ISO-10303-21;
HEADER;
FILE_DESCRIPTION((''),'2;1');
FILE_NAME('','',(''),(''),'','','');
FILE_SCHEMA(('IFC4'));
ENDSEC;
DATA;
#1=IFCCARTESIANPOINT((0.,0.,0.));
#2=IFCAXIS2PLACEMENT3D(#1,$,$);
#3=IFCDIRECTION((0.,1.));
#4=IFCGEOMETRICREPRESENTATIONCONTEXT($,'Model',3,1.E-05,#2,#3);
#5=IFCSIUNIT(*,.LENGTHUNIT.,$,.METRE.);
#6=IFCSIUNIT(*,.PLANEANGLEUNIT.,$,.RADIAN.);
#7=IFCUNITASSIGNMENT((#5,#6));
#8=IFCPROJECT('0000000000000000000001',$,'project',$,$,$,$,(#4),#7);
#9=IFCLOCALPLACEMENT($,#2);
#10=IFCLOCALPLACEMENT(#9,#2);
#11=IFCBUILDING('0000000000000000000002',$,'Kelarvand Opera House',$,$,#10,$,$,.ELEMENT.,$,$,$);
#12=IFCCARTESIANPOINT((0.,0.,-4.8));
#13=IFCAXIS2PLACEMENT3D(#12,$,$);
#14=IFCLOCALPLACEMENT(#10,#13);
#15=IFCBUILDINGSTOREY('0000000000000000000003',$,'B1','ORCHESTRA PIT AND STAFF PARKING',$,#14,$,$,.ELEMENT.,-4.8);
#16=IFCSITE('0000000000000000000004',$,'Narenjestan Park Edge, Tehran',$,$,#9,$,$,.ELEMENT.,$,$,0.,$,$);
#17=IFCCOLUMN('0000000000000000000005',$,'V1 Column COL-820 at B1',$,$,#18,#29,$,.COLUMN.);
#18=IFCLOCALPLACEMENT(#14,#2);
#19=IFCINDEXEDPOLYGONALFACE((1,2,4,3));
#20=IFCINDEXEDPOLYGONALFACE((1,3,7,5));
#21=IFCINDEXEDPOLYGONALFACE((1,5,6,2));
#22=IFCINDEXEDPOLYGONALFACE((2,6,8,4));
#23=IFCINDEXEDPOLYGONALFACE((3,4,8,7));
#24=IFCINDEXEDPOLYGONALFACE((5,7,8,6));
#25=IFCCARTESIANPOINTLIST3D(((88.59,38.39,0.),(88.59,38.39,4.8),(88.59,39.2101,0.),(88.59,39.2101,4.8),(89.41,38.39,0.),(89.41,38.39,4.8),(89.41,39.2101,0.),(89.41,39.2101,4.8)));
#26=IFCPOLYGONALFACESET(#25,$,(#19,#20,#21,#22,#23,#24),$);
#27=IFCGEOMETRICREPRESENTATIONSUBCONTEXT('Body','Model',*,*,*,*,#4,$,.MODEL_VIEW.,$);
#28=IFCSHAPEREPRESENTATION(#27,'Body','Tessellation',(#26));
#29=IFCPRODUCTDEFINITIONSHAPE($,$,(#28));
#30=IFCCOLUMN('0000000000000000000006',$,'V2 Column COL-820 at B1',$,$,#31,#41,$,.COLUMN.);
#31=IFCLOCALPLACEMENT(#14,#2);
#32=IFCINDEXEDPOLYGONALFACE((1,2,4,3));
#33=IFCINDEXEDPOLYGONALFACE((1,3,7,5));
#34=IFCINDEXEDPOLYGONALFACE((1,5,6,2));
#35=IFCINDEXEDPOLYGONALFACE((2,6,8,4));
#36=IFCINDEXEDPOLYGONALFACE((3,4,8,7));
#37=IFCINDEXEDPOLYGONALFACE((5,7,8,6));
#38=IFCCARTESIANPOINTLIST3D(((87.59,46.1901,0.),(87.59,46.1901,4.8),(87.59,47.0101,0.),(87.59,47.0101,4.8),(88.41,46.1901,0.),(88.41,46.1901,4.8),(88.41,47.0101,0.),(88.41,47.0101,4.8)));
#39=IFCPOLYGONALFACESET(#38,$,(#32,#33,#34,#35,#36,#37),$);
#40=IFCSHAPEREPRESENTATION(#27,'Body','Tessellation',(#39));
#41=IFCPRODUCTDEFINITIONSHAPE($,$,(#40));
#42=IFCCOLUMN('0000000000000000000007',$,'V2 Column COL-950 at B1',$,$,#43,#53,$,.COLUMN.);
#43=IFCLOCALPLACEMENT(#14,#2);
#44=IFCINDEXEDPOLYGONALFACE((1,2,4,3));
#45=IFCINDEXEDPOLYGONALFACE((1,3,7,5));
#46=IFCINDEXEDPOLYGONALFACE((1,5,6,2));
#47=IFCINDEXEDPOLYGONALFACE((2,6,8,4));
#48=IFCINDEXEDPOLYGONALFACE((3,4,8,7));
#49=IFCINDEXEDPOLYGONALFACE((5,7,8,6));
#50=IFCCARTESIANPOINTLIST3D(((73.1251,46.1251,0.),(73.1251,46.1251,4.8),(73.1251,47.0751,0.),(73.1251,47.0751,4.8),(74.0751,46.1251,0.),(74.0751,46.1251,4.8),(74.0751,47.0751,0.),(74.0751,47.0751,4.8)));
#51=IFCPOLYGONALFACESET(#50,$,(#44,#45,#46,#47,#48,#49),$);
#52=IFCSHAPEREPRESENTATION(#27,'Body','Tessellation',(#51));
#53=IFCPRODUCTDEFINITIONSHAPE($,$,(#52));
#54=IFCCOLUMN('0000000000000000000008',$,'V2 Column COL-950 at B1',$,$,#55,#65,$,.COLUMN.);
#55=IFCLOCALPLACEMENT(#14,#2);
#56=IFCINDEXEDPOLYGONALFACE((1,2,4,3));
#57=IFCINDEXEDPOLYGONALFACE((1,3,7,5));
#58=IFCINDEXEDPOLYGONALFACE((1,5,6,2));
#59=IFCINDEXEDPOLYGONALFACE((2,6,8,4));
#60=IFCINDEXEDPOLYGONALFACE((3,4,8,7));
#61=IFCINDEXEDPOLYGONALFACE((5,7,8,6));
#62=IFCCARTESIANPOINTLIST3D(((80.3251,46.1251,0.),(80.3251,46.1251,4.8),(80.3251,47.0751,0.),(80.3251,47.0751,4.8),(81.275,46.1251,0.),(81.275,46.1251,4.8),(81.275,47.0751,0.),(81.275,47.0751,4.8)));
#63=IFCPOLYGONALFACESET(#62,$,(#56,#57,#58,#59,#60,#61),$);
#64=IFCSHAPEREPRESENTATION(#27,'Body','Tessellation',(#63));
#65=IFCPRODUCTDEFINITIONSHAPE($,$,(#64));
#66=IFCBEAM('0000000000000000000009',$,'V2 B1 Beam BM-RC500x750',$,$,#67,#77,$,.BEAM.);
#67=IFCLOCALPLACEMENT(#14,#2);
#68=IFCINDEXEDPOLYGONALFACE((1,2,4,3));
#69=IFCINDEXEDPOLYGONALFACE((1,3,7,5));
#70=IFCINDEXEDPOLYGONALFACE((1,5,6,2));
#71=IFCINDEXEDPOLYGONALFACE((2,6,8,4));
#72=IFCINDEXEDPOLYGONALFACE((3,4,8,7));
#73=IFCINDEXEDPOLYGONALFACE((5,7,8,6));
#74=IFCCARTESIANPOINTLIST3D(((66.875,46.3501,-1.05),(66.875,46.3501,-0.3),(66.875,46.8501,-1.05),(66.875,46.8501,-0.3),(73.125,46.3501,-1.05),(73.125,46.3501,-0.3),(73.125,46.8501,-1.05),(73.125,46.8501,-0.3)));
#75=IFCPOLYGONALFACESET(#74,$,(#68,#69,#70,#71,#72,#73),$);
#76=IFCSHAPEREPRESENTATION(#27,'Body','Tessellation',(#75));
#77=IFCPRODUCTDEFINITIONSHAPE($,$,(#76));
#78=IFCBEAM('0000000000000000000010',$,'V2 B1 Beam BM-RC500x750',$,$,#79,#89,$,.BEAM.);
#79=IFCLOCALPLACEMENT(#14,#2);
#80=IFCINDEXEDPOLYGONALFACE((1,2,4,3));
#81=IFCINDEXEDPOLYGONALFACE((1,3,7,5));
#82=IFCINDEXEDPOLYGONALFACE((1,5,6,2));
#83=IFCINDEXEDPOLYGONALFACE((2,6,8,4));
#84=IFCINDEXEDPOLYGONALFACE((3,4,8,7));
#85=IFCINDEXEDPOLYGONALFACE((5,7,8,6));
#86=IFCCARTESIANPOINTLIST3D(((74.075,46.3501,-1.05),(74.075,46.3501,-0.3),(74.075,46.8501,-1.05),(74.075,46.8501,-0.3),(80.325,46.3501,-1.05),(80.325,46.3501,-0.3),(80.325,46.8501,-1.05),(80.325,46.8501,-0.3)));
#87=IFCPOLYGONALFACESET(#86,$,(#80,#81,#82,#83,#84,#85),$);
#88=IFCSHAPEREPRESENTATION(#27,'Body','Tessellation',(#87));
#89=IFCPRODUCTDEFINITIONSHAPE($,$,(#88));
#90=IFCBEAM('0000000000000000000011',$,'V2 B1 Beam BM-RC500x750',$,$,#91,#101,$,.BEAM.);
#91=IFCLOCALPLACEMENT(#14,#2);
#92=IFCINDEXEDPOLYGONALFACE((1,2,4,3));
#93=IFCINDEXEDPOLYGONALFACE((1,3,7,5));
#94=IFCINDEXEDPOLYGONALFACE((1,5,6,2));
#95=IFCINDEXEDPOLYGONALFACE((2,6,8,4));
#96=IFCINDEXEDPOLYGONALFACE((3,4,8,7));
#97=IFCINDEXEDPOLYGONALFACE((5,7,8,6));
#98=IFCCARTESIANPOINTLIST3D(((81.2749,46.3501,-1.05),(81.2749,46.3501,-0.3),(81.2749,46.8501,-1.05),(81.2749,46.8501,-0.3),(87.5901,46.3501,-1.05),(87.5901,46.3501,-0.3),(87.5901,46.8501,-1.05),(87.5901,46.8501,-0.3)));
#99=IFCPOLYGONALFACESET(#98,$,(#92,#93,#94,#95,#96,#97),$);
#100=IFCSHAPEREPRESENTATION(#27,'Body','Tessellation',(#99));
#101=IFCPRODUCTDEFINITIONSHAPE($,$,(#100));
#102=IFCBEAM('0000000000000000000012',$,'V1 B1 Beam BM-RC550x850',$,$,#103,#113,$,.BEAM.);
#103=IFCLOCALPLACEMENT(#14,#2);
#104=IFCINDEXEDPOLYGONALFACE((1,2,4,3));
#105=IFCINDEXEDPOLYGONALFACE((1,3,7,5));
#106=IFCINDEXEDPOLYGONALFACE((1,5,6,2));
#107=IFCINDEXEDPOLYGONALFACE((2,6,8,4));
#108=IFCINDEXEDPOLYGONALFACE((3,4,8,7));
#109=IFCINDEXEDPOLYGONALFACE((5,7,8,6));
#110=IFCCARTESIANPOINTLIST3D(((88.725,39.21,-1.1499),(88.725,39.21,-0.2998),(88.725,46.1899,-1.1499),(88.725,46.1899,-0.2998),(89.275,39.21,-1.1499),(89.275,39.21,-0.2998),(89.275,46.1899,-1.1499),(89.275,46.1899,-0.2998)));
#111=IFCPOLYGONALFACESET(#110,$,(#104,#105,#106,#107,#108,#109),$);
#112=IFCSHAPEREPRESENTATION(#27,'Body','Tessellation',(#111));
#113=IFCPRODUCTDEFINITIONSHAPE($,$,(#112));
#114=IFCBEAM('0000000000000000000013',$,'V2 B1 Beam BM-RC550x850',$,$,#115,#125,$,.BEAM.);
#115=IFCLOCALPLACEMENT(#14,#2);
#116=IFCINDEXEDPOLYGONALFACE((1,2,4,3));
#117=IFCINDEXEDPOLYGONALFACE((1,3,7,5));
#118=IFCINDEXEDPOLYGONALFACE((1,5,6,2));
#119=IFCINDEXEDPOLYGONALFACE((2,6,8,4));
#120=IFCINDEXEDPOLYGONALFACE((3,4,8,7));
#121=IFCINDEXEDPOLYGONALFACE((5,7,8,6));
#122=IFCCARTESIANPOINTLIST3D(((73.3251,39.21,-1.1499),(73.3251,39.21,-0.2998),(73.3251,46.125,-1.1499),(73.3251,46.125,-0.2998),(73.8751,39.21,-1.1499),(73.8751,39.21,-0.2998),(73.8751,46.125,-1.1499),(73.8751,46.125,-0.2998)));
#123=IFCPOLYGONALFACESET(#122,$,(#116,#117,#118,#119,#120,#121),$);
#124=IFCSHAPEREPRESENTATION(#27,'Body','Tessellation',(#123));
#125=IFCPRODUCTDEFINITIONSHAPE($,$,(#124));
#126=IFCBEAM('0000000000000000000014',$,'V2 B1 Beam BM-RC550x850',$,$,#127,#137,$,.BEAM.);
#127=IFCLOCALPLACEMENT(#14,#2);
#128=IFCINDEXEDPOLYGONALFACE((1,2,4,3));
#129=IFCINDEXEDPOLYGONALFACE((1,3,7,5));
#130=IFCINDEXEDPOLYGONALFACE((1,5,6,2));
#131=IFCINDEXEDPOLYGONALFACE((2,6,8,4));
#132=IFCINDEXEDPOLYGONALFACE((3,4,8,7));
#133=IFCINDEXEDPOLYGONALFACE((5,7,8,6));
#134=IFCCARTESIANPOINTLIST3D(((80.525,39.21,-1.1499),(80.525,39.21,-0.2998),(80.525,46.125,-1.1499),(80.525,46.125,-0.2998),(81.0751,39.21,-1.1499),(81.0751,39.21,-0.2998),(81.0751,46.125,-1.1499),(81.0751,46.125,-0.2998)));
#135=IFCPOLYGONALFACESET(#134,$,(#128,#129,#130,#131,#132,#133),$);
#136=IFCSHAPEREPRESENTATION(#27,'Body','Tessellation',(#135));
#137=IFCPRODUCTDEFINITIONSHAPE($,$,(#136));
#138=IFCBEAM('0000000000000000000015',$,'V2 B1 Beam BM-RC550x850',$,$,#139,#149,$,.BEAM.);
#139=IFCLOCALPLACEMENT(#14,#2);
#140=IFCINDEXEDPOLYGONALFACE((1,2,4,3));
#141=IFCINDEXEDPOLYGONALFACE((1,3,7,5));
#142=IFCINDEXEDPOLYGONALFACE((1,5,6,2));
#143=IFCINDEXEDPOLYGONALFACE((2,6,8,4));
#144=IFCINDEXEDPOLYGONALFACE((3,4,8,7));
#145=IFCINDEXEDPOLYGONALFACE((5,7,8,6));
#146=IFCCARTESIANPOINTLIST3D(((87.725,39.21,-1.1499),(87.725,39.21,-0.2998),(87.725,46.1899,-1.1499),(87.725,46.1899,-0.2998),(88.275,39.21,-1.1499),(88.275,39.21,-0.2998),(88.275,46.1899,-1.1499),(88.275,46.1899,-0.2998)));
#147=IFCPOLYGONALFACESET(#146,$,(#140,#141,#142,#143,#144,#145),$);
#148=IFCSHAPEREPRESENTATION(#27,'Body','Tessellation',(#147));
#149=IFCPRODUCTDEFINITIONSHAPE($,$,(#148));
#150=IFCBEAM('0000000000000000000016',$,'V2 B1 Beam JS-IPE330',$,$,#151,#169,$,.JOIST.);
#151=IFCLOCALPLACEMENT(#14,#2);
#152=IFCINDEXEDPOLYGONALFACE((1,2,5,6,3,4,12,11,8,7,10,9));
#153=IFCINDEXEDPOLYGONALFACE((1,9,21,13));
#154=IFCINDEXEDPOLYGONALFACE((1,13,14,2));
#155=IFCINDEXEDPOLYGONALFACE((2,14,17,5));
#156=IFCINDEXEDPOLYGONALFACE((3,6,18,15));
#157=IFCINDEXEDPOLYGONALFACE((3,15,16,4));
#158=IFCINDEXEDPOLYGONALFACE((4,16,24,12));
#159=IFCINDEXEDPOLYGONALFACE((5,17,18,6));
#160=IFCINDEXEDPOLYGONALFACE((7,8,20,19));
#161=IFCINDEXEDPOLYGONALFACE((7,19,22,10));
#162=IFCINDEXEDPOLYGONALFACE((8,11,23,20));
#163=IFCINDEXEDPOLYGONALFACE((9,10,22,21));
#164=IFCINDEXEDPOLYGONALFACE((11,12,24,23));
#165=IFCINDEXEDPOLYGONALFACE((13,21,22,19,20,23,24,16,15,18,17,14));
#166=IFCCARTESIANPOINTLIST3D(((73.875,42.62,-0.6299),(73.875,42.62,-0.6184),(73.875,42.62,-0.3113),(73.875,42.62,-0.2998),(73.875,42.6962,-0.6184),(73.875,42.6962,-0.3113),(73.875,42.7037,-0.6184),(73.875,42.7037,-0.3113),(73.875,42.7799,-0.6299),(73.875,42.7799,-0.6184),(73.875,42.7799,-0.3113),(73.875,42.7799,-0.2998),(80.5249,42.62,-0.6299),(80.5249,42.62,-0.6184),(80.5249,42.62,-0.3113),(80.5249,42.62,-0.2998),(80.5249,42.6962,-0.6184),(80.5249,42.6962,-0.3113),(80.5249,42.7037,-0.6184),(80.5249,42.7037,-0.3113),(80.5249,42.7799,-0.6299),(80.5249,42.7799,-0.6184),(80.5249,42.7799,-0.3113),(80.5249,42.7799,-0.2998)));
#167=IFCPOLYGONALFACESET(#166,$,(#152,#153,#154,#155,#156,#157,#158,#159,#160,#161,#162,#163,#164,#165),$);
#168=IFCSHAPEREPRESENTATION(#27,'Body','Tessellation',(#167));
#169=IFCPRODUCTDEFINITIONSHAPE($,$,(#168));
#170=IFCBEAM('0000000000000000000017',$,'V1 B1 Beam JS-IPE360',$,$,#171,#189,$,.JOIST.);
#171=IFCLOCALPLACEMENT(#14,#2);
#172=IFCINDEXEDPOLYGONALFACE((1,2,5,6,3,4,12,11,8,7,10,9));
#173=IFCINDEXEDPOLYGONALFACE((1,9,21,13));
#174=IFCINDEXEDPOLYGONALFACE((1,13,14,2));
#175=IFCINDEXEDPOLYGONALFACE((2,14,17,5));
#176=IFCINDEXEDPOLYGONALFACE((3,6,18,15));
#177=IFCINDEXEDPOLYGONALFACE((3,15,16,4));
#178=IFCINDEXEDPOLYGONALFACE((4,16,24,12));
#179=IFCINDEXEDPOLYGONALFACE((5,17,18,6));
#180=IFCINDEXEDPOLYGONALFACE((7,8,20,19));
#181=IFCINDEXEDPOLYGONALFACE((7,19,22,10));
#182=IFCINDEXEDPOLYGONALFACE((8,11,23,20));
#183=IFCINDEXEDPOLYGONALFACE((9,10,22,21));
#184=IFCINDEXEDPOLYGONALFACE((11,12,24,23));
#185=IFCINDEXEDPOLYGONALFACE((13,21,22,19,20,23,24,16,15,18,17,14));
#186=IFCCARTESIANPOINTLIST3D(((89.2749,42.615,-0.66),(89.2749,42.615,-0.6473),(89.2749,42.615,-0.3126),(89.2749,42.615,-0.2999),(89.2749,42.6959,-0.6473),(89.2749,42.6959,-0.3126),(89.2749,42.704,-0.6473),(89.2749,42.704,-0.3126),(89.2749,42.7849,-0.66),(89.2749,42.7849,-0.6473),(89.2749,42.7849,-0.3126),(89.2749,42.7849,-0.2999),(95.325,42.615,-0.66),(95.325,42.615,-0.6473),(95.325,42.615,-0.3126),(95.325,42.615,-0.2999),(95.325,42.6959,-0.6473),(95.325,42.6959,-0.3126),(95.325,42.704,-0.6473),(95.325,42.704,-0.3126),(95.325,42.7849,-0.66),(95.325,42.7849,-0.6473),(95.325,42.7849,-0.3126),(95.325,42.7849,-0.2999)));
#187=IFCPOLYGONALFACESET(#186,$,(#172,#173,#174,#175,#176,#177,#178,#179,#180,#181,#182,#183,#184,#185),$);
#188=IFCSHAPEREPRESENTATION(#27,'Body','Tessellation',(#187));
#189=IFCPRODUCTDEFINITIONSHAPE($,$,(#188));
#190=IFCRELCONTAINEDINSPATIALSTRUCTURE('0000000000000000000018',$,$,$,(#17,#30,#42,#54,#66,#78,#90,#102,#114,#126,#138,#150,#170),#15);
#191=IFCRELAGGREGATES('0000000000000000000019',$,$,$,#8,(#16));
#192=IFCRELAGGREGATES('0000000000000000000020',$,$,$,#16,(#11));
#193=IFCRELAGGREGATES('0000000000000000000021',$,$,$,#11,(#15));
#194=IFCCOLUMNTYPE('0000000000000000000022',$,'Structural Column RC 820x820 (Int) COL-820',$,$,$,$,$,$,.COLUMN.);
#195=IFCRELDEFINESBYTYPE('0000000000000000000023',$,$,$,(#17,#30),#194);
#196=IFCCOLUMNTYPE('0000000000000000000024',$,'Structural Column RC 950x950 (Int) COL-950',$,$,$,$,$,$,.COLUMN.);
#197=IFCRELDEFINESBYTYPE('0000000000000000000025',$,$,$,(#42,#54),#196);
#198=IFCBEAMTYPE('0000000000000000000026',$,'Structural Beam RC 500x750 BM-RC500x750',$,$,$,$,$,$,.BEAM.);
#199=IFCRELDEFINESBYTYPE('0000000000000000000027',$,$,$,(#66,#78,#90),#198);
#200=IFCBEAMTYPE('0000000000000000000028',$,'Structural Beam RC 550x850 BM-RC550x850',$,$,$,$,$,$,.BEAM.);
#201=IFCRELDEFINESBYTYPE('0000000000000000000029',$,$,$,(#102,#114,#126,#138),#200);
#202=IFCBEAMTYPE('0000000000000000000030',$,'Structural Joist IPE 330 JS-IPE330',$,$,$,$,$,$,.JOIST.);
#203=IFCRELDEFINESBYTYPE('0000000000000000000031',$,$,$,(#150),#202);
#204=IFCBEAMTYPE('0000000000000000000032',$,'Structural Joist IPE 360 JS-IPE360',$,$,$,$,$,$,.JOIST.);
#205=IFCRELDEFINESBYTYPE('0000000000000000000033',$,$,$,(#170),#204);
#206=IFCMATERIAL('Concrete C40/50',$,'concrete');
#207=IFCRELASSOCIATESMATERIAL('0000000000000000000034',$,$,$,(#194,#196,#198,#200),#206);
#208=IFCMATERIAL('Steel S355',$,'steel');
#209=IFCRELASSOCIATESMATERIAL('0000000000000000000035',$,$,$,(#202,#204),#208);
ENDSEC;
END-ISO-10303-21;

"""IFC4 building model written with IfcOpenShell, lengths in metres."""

from ifc_helpers import new_model, si_unit, direction, frame, origin, origin_2d, place, context, subcontext, project, spatial, rectangle, i_section, extrude, material, material_profile, profile_set, type_object, element, save


model = new_model("IFC4")

# Units and contexts
model_context = context("Model", 3, precision=1e-05, world=origin(), true_north=direction((0.0, 1.0)))
body_context = subcontext(model_context, "Body", "Model", "MODEL_VIEW")
ifc_project = project(units=[si_unit("LENGTHUNIT", "METRE"), si_unit("PLANEANGLEUNIT", "RADIAN")], contexts=[model_context])

# Site, building, storey
site_placement = place(None, origin())
site = spatial("IfcSite", under=ifc_project, at=site_placement, Name="Narenjestan Park Edge, Tehran", CompositionType="ELEMENT", RefElevation=0.0)
building_placement = place(site_placement, origin())
building = spatial("IfcBuilding", under=site, at=building_placement, Name="Kelarvand Opera House", CompositionType="ELEMENT")
storey_placement = place(building_placement, frame((0.0, 0.0, -4.8)))
storey = spatial("IfcBuildingStorey", under=building, at=storey_placement, Name="B1", Description="ORCHESTRA PIT AND STAFF PARKING", CompositionType="ELEMENT", Elevation=-4.8)

# Columns
ifc_material_1 = material(Name="Concrete C40/50", Category="concrete")
ifc_material_profile_1 = material_profile(ifc_material_1, rectangle(XDim=0.8201, YDim=0.8201, at=origin_2d()), Name="RC 820x820", Category="concrete")
ifc_profile_set_1 = profile_set([ifc_material_profile_1], Name="Concrete C40/50")
column_type_1 = type_object("IfcColumnType", Name="Structural Column RC 820x820 (Int) COL-820", PredefinedType="COLUMN", material=ifc_profile_set_1)
for number, where, z_axis, x_axis, name in (
    (1, (89.0, 38.8, 0.0), (0.0, 0.0, 1.0), (1.0, 0.0, 0.0), "V1 Column COL-820 at B1"),
    (2, (88.0, 46.6001, 0.0), (0.0, 0.0, 1.0), (1.0, 0.0, 0.0), "V2 Column COL-820 at B1"),
):
    element("IfcColumn", number, at=place(storey_placement, frame(where, z_axis=z_axis, x_axis=x_axis)), inside=storey, type_object=column_type_1, Name=name, PredefinedType="COLUMN", context=body_context, shape_type="SweptSolid", body=[
        extrude(rectangle(XDim=0.8201, YDim=0.8201, at=origin_2d()), origin(), (0.0, 0.0, 1.0), 4.8),
    ])
ifc_material_profile_2 = material_profile(ifc_material_1, rectangle(XDim=0.95, YDim=0.95, at=origin_2d()), Name="RC 950x950", Category="concrete")
ifc_profile_set_2 = profile_set([ifc_material_profile_2], Name="Concrete C40/50")
column_type_2 = type_object("IfcColumnType", Name="Structural Column RC 950x950 (Int) COL-950", PredefinedType="COLUMN", material=ifc_profile_set_2)
for number, where, z_axis, x_axis, name in (
    (3, (73.6001, 46.6001, 0.0), (0.0, 0.0, 1.0), (1.0, 0.0, 0.0), "V2 Column COL-950 at B1"),
    (4, (80.8, 46.6001, 0.0), (0.0, 0.0, 1.0), (1.0, 0.0, 0.0), "V2 Column COL-950 at B1"),
):
    element("IfcColumn", number, at=place(storey_placement, frame(where, z_axis=z_axis, x_axis=x_axis)), inside=storey, type_object=column_type_2, Name=name, PredefinedType="COLUMN", context=body_context, shape_type="SweptSolid", body=[
        extrude(rectangle(XDim=0.95, YDim=0.95, at=origin_2d()), origin(), (0.0, 0.0, 1.0), 4.8),
    ])

# Beams
ifc_material_profile_3 = material_profile(ifc_material_1, rectangle(XDim=0.5, YDim=0.75, at=origin_2d()), Name="RC 500x750", Category="concrete")
ifc_profile_set_3 = profile_set([ifc_material_profile_3], Name="Concrete C40/50")
beam_type_1 = type_object("IfcBeamType", Name="Structural Beam RC 500x750 BM-RC500x750", PredefinedType="BEAM", material=ifc_profile_set_3)
for number, where, z_axis, x_axis, name in (
    (5, (66.875, 46.6001, -0.675), (1.0, 0.0, 0.0), (0.0, 1.0, 0.0), "V2 B1 Beam BM-RC500x750"),
    (6, (74.075, 46.6001, -0.675), (1.0, 0.0, 0.0), (0.0, 1.0, 0.0), "V2 B1 Beam BM-RC500x750"),
):
    element("IfcBeam", number, at=place(storey_placement, frame(where, z_axis=z_axis, x_axis=x_axis)), inside=storey, type_object=beam_type_1, Name=name, PredefinedType="BEAM", context=body_context, shape_type="SweptSolid", body=[
        extrude(rectangle(XDim=0.5, YDim=0.75, at=origin_2d()), origin(), (0.0, 0.0, 1.0), 6.25),
    ])
beam_1_placement = place(storey_placement, frame((81.2749, 46.6001, -0.675), z_axis=(1.0, 0.0, 0.0), x_axis=(0.0, 1.0, 0.0)))
element("IfcBeam", 7, at=beam_1_placement, inside=storey, type_object=beam_type_1, Name="V2 B1 Beam BM-RC500x750", PredefinedType="BEAM", context=body_context, shape_type="SweptSolid", body=[
    extrude(rectangle(XDim=0.5, YDim=0.75, at=origin_2d()), origin(), (0.0, 0.0, 1.0), 6.3152),
])
ifc_material_profile_4 = material_profile(ifc_material_1, rectangle(XDim=0.55, YDim=0.8501, at=origin_2d()), Name="RC 550x850", Category="concrete")
ifc_profile_set_4 = profile_set([ifc_material_profile_4], Name="Concrete C40/50")
beam_type_2 = type_object("IfcBeamType", Name="Structural Beam RC 550x850 BM-RC550x850", PredefinedType="BEAM", material=ifc_profile_set_4)
beam_2_placement = place(storey_placement, frame((89.0, 39.21, -0.7249), z_axis=(0.0, 1.0, 0.0), x_axis=(-1.0, 0.0, 0.0)))
element("IfcBeam", 8, at=beam_2_placement, inside=storey, type_object=beam_type_2, Name="V1 B1 Beam BM-RC550x850", PredefinedType="BEAM", context=body_context, shape_type="SweptSolid", body=[
    extrude(rectangle(XDim=0.55, YDim=0.8501, at=origin_2d()), origin(), (0.0, 0.0, 1.0), 6.98),
])
for number, where, z_axis, x_axis, name in (
    (9, (73.6001, 39.21, -0.7249), (0.0, 1.0, 0.0), (-1.0, 0.0, 0.0), "V2 B1 Beam BM-RC550x850"),
    (10, (80.8, 39.21, -0.7249), (0.0, 1.0, 0.0), (-1.0, 0.0, 0.0), "V2 B1 Beam BM-RC550x850"),
):
    element("IfcBeam", number, at=place(storey_placement, frame(where, z_axis=z_axis, x_axis=x_axis)), inside=storey, type_object=beam_type_2, Name=name, PredefinedType="BEAM", context=body_context, shape_type="SweptSolid", body=[
        extrude(rectangle(XDim=0.55, YDim=0.8501, at=origin_2d()), origin(), (0.0, 0.0, 1.0), 6.915),
    ])
beam_3_placement = place(storey_placement, frame((88.0, 39.21, -0.7249), z_axis=(0.0, 1.0, 0.0), x_axis=(-1.0, 0.0, 0.0)))
element("IfcBeam", 11, at=beam_3_placement, inside=storey, type_object=beam_type_2, Name="V2 B1 Beam BM-RC550x850", PredefinedType="BEAM", context=body_context, shape_type="SweptSolid", body=[
    extrude(rectangle(XDim=0.55, YDim=0.8501, at=origin_2d()), origin(), (0.0, 0.0, 1.0), 6.98),
])
ifc_material_2 = material(Name="Steel S355", Category="steel")
ifc_material_profile_5 = material_profile(ifc_material_2, i_section(OverallWidth=0.1599, OverallDepth=0.3301, WebThickness=0.0076, FlangeThickness=0.0115, at=origin_2d()), Name="IPE 330", Category="steel")
ifc_profile_set_5 = profile_set([ifc_material_profile_5], Name="Steel S355")
beam_type_3 = type_object("IfcBeamType", Name="Structural Joist IPE 330 JS-IPE330", PredefinedType="JOIST", material=ifc_profile_set_5)
beam_4_placement = place(storey_placement, frame((73.875, 42.7, -0.4648), z_axis=(1.0, 0.0, 0.0), x_axis=(0.0, 1.0, 0.0)))
element("IfcBeam", 12, at=beam_4_placement, inside=storey, type_object=beam_type_3, Name="V2 B1 Beam JS-IPE330", PredefinedType="JOIST", context=body_context, shape_type="SweptSolid", body=[
    extrude(i_section(OverallWidth=0.1599, OverallDepth=0.3301, WebThickness=0.0076, FlangeThickness=0.0115, at=origin_2d()), origin(), (0.0, 0.0, 1.0), 6.6499),
])
ifc_material_profile_6 = material_profile(ifc_material_2, i_section(OverallWidth=0.1699, OverallDepth=0.3601, WebThickness=0.0081, FlangeThickness=0.0127, at=origin_2d()), Name="IPE 360", Category="steel")
ifc_profile_set_6 = profile_set([ifc_material_profile_6], Name="Steel S355")
beam_type_4 = type_object("IfcBeamType", Name="Structural Joist IPE 360 JS-IPE360", PredefinedType="JOIST", material=ifc_profile_set_6)
beam_5_placement = place(storey_placement, frame((89.2749, 42.7, -0.48), z_axis=(1.0, 0.0, 0.0), x_axis=(0.0, 1.0, 0.0)))
element("IfcBeam", 13, at=beam_5_placement, inside=storey, type_object=beam_type_4, Name="V1 B1 Beam JS-IPE360", PredefinedType="JOIST", context=body_context, shape_type="SweptSolid", body=[
    extrude(i_section(OverallWidth=0.1699, OverallDepth=0.3601, WebThickness=0.0081, FlangeThickness=0.0127, at=origin_2d()), origin(), (0.0, 0.0, 1.0), 6.05),
])

save(model, "model.ifc")
